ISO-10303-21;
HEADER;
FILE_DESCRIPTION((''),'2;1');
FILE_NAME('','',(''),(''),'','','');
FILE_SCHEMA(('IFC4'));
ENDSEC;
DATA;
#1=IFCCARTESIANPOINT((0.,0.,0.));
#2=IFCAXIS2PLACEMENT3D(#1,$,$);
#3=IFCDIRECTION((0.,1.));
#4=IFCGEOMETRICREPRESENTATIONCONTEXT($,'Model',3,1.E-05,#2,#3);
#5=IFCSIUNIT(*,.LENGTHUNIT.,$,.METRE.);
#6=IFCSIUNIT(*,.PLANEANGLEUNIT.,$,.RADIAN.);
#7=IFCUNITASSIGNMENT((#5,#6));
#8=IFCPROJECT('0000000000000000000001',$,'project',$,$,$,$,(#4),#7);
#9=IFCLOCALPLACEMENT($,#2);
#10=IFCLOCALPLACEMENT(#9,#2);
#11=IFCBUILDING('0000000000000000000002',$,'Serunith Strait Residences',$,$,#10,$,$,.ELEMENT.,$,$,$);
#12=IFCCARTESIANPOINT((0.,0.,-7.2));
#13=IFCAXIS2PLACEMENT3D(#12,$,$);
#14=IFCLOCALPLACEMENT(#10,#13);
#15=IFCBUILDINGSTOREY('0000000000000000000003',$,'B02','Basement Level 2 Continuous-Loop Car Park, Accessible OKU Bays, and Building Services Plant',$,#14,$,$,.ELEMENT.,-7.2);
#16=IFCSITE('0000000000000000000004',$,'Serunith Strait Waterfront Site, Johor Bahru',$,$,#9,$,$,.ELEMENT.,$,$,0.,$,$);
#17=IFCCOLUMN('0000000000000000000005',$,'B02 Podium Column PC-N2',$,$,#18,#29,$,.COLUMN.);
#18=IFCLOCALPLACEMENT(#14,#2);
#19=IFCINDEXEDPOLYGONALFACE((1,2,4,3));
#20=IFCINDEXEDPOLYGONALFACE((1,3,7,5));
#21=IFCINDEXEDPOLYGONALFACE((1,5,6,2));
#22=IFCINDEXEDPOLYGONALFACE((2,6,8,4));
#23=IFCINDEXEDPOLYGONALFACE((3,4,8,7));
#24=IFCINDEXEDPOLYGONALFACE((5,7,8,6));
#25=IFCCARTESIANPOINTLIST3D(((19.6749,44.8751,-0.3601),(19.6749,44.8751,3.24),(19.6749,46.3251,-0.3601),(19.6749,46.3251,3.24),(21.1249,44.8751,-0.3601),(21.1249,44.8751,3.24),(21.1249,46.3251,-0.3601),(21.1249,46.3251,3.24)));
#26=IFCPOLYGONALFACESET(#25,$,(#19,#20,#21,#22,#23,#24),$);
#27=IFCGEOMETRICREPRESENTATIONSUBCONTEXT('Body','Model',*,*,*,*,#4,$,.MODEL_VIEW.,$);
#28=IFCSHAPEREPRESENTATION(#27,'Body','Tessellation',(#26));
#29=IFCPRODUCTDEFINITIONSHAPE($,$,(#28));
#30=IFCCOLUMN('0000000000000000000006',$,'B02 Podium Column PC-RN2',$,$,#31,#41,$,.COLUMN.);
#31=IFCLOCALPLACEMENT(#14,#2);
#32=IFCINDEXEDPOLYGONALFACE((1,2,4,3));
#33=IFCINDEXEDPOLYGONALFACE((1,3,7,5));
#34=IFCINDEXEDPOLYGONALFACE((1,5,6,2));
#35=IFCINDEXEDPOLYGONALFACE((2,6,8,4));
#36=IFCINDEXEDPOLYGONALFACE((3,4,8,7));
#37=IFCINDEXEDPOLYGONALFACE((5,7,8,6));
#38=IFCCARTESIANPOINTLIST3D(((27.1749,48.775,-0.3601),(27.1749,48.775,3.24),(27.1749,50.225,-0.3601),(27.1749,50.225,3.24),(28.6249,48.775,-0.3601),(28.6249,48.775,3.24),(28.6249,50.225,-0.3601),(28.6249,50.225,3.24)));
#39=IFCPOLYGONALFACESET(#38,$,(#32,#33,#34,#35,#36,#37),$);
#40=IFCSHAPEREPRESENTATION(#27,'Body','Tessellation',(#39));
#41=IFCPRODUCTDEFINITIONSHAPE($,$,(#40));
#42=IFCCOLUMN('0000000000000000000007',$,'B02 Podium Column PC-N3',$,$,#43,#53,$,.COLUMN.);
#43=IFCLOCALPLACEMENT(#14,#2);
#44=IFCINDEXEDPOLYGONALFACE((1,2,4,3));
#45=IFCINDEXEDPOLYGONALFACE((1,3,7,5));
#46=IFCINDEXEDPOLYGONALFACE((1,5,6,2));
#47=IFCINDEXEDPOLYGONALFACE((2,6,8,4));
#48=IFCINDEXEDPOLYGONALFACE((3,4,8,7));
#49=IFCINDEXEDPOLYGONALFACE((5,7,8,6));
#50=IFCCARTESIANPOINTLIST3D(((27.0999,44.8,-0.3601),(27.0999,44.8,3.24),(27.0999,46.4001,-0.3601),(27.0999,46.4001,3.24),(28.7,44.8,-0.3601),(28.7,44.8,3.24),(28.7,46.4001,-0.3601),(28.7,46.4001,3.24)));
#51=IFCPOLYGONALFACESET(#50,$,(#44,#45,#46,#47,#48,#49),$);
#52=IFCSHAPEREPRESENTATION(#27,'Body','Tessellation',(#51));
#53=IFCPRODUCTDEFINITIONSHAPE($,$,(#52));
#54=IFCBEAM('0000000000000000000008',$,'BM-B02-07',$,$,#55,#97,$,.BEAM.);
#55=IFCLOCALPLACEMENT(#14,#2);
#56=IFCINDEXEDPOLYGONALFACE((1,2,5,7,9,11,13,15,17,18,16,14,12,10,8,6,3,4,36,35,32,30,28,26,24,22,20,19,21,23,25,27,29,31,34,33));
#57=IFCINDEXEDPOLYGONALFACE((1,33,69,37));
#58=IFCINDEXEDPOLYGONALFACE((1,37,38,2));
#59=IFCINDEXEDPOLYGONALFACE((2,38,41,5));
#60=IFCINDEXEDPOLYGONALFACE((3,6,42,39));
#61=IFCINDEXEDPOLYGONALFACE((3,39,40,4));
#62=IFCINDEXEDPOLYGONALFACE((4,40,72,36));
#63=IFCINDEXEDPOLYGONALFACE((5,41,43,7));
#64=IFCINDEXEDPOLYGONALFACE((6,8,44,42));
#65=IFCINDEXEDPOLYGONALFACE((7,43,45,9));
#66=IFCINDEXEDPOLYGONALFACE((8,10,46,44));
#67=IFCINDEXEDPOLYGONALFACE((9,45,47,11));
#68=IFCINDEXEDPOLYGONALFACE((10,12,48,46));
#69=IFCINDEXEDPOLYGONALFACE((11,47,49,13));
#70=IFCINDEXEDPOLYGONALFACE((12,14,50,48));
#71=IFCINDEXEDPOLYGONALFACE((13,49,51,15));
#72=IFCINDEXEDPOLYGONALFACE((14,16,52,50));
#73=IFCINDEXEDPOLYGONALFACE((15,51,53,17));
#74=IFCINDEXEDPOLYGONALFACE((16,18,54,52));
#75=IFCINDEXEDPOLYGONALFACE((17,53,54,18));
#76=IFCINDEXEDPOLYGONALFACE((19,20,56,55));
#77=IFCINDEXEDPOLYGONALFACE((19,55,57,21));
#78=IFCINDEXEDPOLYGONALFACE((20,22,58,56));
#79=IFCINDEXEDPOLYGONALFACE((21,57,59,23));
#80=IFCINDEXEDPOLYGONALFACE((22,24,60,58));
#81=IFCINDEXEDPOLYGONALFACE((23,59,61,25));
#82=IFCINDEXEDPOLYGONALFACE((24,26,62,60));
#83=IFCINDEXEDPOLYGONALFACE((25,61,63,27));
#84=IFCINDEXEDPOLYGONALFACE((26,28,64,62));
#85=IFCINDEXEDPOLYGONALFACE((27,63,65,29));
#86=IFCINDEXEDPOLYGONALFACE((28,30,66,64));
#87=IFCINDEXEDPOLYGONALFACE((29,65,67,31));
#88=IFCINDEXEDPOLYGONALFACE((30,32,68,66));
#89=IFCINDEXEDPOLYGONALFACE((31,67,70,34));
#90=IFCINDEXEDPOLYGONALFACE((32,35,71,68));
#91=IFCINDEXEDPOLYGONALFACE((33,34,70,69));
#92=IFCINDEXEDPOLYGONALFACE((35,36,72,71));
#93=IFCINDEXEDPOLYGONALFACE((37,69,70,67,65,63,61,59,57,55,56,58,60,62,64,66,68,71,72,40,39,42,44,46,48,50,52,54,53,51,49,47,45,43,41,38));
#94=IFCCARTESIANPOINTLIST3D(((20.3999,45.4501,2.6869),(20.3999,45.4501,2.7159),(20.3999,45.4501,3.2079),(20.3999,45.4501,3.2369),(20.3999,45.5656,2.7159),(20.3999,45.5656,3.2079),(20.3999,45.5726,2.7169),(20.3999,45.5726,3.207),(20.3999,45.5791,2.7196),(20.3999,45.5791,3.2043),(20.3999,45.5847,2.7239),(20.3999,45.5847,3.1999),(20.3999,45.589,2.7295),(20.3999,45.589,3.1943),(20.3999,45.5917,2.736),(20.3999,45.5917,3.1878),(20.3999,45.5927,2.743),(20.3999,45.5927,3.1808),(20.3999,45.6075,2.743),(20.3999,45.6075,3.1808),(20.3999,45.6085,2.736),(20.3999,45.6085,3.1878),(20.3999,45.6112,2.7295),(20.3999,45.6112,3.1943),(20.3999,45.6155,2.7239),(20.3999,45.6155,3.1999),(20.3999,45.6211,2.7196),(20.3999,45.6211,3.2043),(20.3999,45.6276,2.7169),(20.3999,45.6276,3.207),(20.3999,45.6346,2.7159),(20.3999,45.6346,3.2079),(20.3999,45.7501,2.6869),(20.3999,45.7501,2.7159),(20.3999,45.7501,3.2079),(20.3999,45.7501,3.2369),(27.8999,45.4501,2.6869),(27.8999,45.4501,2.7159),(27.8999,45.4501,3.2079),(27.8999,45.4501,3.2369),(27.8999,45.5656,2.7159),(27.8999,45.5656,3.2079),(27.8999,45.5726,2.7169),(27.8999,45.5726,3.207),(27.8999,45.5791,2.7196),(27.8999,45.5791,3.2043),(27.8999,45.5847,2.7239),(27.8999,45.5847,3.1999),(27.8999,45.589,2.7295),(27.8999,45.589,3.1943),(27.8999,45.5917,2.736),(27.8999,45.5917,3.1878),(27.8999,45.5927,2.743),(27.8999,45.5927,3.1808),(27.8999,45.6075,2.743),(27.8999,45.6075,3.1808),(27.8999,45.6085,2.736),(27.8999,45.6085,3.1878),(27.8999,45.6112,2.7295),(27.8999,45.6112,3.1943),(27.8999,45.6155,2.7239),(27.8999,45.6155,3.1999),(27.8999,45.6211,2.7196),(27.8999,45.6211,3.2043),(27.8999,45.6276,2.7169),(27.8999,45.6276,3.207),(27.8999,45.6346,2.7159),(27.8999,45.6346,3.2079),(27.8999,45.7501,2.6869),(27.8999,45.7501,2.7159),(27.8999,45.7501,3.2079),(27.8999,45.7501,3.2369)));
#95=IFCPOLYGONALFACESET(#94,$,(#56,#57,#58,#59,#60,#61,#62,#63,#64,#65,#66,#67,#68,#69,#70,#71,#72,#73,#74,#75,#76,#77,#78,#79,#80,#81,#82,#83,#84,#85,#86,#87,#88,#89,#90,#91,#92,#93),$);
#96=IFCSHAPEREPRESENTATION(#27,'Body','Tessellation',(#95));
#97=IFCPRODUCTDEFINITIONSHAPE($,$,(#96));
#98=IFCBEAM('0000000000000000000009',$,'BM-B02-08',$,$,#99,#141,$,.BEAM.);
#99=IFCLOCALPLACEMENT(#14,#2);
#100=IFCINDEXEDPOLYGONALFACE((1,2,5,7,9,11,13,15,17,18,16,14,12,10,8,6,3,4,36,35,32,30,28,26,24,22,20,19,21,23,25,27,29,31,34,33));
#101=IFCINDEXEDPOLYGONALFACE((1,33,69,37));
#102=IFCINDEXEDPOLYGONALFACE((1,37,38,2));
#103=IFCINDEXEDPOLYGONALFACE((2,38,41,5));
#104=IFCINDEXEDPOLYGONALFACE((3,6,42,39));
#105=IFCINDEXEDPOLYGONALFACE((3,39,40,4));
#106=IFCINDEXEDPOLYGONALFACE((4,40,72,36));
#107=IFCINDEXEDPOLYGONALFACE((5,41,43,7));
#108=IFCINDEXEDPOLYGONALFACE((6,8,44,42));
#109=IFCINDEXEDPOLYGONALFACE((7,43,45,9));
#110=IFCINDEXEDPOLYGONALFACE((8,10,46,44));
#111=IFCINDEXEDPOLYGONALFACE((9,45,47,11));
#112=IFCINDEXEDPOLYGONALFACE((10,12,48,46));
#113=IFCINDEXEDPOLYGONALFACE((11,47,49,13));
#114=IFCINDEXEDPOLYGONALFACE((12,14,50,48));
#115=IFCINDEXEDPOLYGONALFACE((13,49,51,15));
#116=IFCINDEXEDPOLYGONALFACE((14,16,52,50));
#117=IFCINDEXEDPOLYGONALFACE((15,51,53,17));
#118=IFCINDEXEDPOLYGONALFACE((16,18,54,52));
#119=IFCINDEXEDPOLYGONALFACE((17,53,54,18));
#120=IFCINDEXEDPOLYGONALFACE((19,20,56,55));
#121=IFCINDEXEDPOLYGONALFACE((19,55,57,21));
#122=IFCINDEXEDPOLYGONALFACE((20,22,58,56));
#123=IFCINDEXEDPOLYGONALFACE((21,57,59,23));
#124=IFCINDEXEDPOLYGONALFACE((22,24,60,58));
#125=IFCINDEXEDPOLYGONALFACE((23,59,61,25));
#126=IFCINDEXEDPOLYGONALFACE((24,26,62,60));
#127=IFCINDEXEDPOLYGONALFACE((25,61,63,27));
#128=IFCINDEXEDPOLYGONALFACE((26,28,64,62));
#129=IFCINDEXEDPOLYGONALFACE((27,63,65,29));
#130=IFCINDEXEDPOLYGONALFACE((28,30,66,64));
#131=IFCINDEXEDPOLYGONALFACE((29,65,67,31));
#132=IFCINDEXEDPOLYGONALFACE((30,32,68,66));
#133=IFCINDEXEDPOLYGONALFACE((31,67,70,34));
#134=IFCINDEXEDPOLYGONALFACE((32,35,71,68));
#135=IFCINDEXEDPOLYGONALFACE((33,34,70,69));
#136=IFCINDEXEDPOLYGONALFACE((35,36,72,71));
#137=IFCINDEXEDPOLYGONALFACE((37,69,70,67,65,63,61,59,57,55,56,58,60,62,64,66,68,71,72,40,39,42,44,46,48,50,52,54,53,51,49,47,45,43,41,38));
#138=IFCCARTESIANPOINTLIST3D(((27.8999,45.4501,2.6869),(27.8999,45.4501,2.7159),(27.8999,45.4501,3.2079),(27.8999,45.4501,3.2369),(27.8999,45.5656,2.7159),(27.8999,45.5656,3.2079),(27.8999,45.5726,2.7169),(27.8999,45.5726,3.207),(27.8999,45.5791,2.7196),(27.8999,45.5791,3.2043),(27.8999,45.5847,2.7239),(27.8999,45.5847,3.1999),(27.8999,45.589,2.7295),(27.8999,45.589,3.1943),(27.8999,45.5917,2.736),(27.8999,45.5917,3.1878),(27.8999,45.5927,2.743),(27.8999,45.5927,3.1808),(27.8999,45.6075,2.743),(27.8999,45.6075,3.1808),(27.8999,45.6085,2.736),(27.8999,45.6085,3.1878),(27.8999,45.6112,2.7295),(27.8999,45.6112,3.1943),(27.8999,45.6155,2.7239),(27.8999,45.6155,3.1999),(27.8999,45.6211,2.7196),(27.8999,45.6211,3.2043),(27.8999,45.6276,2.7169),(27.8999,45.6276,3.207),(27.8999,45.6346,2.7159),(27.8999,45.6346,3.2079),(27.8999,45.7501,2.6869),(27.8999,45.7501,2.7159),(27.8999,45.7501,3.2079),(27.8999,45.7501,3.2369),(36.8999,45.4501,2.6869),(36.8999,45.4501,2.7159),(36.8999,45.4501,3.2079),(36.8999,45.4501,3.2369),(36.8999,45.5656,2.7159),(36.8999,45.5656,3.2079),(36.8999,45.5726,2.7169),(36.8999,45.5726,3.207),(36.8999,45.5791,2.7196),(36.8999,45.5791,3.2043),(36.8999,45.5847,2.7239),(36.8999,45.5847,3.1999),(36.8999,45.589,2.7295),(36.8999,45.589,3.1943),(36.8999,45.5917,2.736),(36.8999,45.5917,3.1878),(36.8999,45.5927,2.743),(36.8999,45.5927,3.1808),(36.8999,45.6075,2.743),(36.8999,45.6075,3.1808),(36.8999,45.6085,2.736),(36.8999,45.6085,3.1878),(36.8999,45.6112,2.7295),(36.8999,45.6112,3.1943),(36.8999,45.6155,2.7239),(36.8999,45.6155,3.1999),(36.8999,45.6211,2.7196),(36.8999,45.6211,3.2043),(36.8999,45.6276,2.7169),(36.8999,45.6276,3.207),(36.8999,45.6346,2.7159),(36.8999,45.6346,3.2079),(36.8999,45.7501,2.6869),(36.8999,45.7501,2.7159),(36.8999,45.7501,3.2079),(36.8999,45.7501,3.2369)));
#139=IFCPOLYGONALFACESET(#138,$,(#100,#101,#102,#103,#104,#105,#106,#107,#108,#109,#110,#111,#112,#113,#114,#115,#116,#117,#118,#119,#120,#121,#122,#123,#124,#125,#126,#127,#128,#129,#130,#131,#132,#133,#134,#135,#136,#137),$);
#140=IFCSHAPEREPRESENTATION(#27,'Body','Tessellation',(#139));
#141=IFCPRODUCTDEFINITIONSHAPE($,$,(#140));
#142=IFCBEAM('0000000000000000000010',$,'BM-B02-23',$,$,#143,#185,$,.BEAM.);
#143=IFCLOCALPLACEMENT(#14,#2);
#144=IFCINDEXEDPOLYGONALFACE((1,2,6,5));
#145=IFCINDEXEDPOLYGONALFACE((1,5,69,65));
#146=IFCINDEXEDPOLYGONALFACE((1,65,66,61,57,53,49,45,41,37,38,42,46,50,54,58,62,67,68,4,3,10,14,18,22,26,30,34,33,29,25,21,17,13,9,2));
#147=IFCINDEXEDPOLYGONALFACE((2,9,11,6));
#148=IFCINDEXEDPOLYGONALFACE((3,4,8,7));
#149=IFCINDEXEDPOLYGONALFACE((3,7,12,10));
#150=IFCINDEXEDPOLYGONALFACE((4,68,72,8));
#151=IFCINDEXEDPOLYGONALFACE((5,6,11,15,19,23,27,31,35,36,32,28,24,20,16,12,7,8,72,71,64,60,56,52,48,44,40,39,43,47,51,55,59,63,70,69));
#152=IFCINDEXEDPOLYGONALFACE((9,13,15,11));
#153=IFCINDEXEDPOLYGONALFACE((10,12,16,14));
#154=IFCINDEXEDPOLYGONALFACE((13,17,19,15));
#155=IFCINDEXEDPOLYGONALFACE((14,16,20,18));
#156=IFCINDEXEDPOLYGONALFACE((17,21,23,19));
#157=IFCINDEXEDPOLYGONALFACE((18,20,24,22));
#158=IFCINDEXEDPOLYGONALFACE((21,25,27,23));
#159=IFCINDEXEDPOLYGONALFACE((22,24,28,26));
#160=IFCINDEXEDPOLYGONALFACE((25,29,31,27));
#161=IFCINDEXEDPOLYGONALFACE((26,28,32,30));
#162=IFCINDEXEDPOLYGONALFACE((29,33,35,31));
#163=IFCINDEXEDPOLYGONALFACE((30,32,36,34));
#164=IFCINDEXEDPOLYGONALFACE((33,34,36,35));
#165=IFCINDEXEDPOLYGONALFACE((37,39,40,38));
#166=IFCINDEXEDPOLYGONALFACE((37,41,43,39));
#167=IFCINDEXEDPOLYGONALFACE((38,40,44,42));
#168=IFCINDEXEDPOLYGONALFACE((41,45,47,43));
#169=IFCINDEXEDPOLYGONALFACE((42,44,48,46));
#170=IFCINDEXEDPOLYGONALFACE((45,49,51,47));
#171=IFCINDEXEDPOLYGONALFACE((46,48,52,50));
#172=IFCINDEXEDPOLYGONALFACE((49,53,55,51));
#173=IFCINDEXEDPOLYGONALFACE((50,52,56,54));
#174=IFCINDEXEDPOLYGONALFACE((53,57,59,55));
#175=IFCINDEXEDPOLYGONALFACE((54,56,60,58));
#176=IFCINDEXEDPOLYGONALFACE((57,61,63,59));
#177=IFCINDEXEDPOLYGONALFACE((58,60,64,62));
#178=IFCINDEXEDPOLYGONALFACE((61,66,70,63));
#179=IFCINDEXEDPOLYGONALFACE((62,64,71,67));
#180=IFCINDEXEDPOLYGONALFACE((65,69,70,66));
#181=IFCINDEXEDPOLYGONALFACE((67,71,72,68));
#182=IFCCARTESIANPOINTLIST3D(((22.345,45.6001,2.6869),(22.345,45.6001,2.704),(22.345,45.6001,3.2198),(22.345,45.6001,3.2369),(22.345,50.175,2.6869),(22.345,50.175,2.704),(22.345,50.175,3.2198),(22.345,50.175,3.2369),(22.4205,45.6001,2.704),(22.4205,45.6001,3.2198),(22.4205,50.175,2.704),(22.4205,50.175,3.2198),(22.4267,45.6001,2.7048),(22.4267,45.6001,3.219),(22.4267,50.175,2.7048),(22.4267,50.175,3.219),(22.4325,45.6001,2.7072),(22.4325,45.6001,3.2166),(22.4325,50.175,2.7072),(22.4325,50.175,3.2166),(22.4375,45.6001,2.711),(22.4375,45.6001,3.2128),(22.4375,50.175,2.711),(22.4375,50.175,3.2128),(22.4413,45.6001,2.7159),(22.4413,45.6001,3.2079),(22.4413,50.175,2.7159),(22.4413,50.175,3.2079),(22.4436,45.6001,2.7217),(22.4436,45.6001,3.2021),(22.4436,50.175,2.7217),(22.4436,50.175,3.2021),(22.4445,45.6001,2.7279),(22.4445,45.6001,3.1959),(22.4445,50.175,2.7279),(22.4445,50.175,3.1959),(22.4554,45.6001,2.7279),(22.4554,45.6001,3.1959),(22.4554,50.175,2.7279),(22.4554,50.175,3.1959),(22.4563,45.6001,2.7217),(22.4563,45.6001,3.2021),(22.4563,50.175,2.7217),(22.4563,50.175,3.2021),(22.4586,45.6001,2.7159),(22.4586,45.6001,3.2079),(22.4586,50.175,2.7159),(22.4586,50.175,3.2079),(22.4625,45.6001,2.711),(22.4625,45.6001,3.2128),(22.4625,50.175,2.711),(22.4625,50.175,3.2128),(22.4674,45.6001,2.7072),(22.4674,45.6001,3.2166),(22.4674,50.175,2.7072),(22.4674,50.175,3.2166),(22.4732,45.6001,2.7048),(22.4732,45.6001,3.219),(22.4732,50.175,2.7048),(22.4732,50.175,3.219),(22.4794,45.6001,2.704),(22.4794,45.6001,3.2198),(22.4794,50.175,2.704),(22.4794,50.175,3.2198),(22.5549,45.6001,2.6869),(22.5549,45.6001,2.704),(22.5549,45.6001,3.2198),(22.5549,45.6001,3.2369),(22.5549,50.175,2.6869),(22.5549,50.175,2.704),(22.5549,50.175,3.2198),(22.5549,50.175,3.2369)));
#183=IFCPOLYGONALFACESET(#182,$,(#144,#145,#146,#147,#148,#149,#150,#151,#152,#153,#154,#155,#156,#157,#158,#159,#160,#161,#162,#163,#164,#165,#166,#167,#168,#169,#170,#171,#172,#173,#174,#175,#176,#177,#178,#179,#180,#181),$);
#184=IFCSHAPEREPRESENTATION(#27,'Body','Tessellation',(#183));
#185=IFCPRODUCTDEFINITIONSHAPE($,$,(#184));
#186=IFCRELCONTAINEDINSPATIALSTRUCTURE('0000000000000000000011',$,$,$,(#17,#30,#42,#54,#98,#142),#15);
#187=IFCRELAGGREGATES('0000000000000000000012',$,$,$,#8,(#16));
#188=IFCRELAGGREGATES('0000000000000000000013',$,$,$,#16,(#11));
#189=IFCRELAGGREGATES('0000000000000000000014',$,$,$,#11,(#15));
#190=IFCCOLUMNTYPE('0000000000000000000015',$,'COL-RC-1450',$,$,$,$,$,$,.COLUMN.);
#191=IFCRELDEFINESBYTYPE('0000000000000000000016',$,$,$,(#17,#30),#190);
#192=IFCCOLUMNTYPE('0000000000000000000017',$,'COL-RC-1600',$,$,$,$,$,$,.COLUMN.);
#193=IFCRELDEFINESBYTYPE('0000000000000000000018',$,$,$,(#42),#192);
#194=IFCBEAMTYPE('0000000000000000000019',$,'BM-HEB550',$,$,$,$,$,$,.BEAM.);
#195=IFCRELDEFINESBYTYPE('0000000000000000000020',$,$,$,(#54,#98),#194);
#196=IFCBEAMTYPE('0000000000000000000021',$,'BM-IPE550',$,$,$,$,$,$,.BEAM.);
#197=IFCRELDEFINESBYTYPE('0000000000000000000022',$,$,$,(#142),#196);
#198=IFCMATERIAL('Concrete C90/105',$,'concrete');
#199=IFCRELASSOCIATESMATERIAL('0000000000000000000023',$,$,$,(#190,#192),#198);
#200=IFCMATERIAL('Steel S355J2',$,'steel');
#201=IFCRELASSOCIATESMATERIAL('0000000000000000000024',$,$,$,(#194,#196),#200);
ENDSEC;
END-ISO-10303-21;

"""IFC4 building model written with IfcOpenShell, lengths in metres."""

from ifc_helpers import new_model, si_unit, direction, frame, origin, origin_2d, place, context, subcontext, project, spatial, rectangle, i_section, extrude, source, transform, mapped, material, material_profile, profile_set, type_object, element, save


model = new_model("IFC4")

# Units and contexts
model_context = context("Model", 3, precision=1e-05, world=origin(), true_north=direction((0.0, 1.0)))
body_context = subcontext(model_context, "Body", "Model", "MODEL_VIEW")
ifc_project = project(units=[si_unit("LENGTHUNIT", "METRE"), si_unit("PLANEANGLEUNIT", "RADIAN")], contexts=[model_context])

# Site, building, storey
site_placement = place(None, origin())
site = spatial("IfcSite", under=ifc_project, at=site_placement, Name="Serunith Strait Waterfront Site, Johor Bahru", CompositionType="ELEMENT", RefElevation=0.0)
building_placement = place(site_placement, origin())
building = spatial("IfcBuilding", under=site, at=building_placement, Name="Serunith Strait Residences", CompositionType="ELEMENT")
storey_placement = place(building_placement, frame((0.0, 0.0, -7.2)))
storey = spatial("IfcBuildingStorey", under=building, at=storey_placement, Name="B02", Description="Basement Level 2 Continuous-Loop Car Park, Accessible OKU Bays, and Building Services Plant", CompositionType="ELEMENT", Elevation=-7.2)

# Columns
ifc_material_1 = material(Name="Concrete C90/105", Category="concrete")
ifc_material_profile_1 = material_profile(ifc_material_1, rectangle(XDim=1.45, YDim=1.45, at=origin_2d()), Name="RC 1450x1450")
ifc_profile_set_1 = profile_set([ifc_material_profile_1], Name="Concrete C90/105")
column_type_1 = type_object("IfcColumnType", Name="COL-RC-1450", PredefinedType="COLUMN", material=ifc_profile_set_1)
shared_shape_1 = source(origin(), body_context, "Body", "SweptSolid", [
    extrude(rectangle(XDim=1.45, YDim=1.45, at=origin_2d()), origin(), (0.0, 0.0, 1.0), 3.6001),
])
for number, where, z_axis, x_axis, name in (
    (1, (20.3999, 45.6001, -0.3601), (0.0, 0.0, 1.0), (1.0, 0.0, 0.0), "B02 Podium Column PC-N2"),
    (2, (27.8999, 49.5, -0.3601), (0.0, 0.0, 1.0), (1.0, 0.0, 0.0), "B02 Podium Column PC-RN2"),
):
    element("IfcColumn", number, at=place(storey_placement, frame(where, z_axis=z_axis, x_axis=x_axis)), inside=storey, type_object=column_type_1, Name=name, PredefinedType="COLUMN", context=body_context, shape_type="MappedRepresentation", body=[
        mapped(shared_shape_1, transform((0.0, 0.0, 0.0), scale=1.0)),
    ])
ifc_material_profile_2 = material_profile(ifc_material_1, rectangle(XDim=1.6001, YDim=1.6001, at=origin_2d()), Name="RC 1600x1600")
ifc_profile_set_2 = profile_set([ifc_material_profile_2], Name="Concrete C90/105")
column_type_2 = type_object("IfcColumnType", Name="COL-RC-1600", PredefinedType="COLUMN", material=ifc_profile_set_2)
shared_shape_2 = source(origin(), body_context, "Body", "SweptSolid", [
    extrude(rectangle(XDim=1.6001, YDim=1.6001, at=origin_2d()), origin(), (0.0, 0.0, 1.0), 3.6001),
])
column_placement = place(storey_placement, frame((27.8999, 45.6001, -0.3601), z_axis=(0.0, 0.0, 1.0), x_axis=(1.0, 0.0, 0.0)))
element("IfcColumn", 3, at=column_placement, inside=storey, type_object=column_type_2, Name="B02 Podium Column PC-N3", PredefinedType="COLUMN", context=body_context, shape_type="MappedRepresentation", body=[
    mapped(shared_shape_2, transform((0.0, 0.0, 0.0), scale=1.0)),
])

# Beams
ifc_material_2 = material(Name="Steel S355J2", Category="steel")
ifc_material_profile_3 = material_profile(ifc_material_2, i_section(OverallWidth=0.3, OverallDepth=0.55, WebThickness=0.0149, FlangeThickness=0.0291, FilletRadius=0.0271, at=origin_2d()), Name="HEB 550")
ifc_profile_set_3 = profile_set([ifc_material_profile_3], Name="Steel S355J2")
beam_type_1 = type_object("IfcBeamType", Name="BM-HEB550", PredefinedType="BEAM", material=ifc_profile_set_3)
shared_shape_3 = source(origin(), body_context, "Body", "SweptSolid", [
    extrude(i_section(OverallWidth=0.3, OverallDepth=0.55, WebThickness=0.0149, FlangeThickness=0.0291, FilletRadius=0.0271, at=origin_2d()), origin(), (0.0, 0.0, 1.0), 7.5),
])
beam_1_placement = place(storey_placement, frame((20.3999, 45.6001, 2.9619), z_axis=(1.0, 0.0, 0.0), x_axis=(0.0, 1.0, 0.0)))
element("IfcBeam", 4, at=beam_1_placement, inside=storey, type_object=beam_type_1, Name="BM-B02-07", PredefinedType="BEAM", context=body_context, shape_type="MappedRepresentation", body=[
    mapped(shared_shape_3, transform((0.0, 0.0, 0.0), scale=1.0)),
])
shared_shape_4 = source(origin(), body_context, "Body", "SweptSolid", [
    extrude(i_section(OverallWidth=0.3, OverallDepth=0.55, WebThickness=0.0149, FlangeThickness=0.0291, FilletRadius=0.0271, at=origin_2d()), origin(), (0.0, 0.0, 1.0), 9.0),
])
beam_2_placement = place(storey_placement, frame((27.8999, 45.6001, 2.9619), z_axis=(1.0, 0.0, 0.0), x_axis=(0.0, 1.0, 0.0)))
element("IfcBeam", 5, at=beam_2_placement, inside=storey, type_object=beam_type_1, Name="BM-B02-08", PredefinedType="BEAM", context=body_context, shape_type="MappedRepresentation", body=[
    mapped(shared_shape_4, transform((0.0, 0.0, 0.0), scale=1.0)),
])
ifc_material_profile_4 = material_profile(ifc_material_2, i_section(OverallWidth=0.21, OverallDepth=0.55, WebThickness=0.011, FlangeThickness=0.0171, FilletRadius=0.0239, at=origin_2d()), Name="IPE 550")
ifc_profile_set_4 = profile_set([ifc_material_profile_4], Name="Steel S355J2")
beam_type_2 = type_object("IfcBeamType", Name="BM-IPE550", PredefinedType="BEAM", material=ifc_profile_set_4)
shared_shape_5 = source(origin(), body_context, "Body", "SweptSolid", [
    extrude(i_section(OverallWidth=0.21, OverallDepth=0.55, WebThickness=0.011, FlangeThickness=0.0171, FilletRadius=0.0239, at=origin_2d()), origin(), (0.0, 0.0, 1.0), 4.575),
])
beam_3_placement = place(storey_placement, frame((22.45, 45.6001, 2.9619), z_axis=(0.0, 1.0, 0.0), x_axis=(-1.0, 0.0, 0.0)))
element("IfcBeam", 6, at=beam_3_placement, inside=storey, type_object=beam_type_2, Name="BM-B02-23", PredefinedType="BEAM", context=body_context, shape_type="MappedRepresentation", body=[
    mapped(shared_shape_5, transform((0.0, 0.0, 0.0), scale=1.0)),
])

save(model, "model.ifc")
